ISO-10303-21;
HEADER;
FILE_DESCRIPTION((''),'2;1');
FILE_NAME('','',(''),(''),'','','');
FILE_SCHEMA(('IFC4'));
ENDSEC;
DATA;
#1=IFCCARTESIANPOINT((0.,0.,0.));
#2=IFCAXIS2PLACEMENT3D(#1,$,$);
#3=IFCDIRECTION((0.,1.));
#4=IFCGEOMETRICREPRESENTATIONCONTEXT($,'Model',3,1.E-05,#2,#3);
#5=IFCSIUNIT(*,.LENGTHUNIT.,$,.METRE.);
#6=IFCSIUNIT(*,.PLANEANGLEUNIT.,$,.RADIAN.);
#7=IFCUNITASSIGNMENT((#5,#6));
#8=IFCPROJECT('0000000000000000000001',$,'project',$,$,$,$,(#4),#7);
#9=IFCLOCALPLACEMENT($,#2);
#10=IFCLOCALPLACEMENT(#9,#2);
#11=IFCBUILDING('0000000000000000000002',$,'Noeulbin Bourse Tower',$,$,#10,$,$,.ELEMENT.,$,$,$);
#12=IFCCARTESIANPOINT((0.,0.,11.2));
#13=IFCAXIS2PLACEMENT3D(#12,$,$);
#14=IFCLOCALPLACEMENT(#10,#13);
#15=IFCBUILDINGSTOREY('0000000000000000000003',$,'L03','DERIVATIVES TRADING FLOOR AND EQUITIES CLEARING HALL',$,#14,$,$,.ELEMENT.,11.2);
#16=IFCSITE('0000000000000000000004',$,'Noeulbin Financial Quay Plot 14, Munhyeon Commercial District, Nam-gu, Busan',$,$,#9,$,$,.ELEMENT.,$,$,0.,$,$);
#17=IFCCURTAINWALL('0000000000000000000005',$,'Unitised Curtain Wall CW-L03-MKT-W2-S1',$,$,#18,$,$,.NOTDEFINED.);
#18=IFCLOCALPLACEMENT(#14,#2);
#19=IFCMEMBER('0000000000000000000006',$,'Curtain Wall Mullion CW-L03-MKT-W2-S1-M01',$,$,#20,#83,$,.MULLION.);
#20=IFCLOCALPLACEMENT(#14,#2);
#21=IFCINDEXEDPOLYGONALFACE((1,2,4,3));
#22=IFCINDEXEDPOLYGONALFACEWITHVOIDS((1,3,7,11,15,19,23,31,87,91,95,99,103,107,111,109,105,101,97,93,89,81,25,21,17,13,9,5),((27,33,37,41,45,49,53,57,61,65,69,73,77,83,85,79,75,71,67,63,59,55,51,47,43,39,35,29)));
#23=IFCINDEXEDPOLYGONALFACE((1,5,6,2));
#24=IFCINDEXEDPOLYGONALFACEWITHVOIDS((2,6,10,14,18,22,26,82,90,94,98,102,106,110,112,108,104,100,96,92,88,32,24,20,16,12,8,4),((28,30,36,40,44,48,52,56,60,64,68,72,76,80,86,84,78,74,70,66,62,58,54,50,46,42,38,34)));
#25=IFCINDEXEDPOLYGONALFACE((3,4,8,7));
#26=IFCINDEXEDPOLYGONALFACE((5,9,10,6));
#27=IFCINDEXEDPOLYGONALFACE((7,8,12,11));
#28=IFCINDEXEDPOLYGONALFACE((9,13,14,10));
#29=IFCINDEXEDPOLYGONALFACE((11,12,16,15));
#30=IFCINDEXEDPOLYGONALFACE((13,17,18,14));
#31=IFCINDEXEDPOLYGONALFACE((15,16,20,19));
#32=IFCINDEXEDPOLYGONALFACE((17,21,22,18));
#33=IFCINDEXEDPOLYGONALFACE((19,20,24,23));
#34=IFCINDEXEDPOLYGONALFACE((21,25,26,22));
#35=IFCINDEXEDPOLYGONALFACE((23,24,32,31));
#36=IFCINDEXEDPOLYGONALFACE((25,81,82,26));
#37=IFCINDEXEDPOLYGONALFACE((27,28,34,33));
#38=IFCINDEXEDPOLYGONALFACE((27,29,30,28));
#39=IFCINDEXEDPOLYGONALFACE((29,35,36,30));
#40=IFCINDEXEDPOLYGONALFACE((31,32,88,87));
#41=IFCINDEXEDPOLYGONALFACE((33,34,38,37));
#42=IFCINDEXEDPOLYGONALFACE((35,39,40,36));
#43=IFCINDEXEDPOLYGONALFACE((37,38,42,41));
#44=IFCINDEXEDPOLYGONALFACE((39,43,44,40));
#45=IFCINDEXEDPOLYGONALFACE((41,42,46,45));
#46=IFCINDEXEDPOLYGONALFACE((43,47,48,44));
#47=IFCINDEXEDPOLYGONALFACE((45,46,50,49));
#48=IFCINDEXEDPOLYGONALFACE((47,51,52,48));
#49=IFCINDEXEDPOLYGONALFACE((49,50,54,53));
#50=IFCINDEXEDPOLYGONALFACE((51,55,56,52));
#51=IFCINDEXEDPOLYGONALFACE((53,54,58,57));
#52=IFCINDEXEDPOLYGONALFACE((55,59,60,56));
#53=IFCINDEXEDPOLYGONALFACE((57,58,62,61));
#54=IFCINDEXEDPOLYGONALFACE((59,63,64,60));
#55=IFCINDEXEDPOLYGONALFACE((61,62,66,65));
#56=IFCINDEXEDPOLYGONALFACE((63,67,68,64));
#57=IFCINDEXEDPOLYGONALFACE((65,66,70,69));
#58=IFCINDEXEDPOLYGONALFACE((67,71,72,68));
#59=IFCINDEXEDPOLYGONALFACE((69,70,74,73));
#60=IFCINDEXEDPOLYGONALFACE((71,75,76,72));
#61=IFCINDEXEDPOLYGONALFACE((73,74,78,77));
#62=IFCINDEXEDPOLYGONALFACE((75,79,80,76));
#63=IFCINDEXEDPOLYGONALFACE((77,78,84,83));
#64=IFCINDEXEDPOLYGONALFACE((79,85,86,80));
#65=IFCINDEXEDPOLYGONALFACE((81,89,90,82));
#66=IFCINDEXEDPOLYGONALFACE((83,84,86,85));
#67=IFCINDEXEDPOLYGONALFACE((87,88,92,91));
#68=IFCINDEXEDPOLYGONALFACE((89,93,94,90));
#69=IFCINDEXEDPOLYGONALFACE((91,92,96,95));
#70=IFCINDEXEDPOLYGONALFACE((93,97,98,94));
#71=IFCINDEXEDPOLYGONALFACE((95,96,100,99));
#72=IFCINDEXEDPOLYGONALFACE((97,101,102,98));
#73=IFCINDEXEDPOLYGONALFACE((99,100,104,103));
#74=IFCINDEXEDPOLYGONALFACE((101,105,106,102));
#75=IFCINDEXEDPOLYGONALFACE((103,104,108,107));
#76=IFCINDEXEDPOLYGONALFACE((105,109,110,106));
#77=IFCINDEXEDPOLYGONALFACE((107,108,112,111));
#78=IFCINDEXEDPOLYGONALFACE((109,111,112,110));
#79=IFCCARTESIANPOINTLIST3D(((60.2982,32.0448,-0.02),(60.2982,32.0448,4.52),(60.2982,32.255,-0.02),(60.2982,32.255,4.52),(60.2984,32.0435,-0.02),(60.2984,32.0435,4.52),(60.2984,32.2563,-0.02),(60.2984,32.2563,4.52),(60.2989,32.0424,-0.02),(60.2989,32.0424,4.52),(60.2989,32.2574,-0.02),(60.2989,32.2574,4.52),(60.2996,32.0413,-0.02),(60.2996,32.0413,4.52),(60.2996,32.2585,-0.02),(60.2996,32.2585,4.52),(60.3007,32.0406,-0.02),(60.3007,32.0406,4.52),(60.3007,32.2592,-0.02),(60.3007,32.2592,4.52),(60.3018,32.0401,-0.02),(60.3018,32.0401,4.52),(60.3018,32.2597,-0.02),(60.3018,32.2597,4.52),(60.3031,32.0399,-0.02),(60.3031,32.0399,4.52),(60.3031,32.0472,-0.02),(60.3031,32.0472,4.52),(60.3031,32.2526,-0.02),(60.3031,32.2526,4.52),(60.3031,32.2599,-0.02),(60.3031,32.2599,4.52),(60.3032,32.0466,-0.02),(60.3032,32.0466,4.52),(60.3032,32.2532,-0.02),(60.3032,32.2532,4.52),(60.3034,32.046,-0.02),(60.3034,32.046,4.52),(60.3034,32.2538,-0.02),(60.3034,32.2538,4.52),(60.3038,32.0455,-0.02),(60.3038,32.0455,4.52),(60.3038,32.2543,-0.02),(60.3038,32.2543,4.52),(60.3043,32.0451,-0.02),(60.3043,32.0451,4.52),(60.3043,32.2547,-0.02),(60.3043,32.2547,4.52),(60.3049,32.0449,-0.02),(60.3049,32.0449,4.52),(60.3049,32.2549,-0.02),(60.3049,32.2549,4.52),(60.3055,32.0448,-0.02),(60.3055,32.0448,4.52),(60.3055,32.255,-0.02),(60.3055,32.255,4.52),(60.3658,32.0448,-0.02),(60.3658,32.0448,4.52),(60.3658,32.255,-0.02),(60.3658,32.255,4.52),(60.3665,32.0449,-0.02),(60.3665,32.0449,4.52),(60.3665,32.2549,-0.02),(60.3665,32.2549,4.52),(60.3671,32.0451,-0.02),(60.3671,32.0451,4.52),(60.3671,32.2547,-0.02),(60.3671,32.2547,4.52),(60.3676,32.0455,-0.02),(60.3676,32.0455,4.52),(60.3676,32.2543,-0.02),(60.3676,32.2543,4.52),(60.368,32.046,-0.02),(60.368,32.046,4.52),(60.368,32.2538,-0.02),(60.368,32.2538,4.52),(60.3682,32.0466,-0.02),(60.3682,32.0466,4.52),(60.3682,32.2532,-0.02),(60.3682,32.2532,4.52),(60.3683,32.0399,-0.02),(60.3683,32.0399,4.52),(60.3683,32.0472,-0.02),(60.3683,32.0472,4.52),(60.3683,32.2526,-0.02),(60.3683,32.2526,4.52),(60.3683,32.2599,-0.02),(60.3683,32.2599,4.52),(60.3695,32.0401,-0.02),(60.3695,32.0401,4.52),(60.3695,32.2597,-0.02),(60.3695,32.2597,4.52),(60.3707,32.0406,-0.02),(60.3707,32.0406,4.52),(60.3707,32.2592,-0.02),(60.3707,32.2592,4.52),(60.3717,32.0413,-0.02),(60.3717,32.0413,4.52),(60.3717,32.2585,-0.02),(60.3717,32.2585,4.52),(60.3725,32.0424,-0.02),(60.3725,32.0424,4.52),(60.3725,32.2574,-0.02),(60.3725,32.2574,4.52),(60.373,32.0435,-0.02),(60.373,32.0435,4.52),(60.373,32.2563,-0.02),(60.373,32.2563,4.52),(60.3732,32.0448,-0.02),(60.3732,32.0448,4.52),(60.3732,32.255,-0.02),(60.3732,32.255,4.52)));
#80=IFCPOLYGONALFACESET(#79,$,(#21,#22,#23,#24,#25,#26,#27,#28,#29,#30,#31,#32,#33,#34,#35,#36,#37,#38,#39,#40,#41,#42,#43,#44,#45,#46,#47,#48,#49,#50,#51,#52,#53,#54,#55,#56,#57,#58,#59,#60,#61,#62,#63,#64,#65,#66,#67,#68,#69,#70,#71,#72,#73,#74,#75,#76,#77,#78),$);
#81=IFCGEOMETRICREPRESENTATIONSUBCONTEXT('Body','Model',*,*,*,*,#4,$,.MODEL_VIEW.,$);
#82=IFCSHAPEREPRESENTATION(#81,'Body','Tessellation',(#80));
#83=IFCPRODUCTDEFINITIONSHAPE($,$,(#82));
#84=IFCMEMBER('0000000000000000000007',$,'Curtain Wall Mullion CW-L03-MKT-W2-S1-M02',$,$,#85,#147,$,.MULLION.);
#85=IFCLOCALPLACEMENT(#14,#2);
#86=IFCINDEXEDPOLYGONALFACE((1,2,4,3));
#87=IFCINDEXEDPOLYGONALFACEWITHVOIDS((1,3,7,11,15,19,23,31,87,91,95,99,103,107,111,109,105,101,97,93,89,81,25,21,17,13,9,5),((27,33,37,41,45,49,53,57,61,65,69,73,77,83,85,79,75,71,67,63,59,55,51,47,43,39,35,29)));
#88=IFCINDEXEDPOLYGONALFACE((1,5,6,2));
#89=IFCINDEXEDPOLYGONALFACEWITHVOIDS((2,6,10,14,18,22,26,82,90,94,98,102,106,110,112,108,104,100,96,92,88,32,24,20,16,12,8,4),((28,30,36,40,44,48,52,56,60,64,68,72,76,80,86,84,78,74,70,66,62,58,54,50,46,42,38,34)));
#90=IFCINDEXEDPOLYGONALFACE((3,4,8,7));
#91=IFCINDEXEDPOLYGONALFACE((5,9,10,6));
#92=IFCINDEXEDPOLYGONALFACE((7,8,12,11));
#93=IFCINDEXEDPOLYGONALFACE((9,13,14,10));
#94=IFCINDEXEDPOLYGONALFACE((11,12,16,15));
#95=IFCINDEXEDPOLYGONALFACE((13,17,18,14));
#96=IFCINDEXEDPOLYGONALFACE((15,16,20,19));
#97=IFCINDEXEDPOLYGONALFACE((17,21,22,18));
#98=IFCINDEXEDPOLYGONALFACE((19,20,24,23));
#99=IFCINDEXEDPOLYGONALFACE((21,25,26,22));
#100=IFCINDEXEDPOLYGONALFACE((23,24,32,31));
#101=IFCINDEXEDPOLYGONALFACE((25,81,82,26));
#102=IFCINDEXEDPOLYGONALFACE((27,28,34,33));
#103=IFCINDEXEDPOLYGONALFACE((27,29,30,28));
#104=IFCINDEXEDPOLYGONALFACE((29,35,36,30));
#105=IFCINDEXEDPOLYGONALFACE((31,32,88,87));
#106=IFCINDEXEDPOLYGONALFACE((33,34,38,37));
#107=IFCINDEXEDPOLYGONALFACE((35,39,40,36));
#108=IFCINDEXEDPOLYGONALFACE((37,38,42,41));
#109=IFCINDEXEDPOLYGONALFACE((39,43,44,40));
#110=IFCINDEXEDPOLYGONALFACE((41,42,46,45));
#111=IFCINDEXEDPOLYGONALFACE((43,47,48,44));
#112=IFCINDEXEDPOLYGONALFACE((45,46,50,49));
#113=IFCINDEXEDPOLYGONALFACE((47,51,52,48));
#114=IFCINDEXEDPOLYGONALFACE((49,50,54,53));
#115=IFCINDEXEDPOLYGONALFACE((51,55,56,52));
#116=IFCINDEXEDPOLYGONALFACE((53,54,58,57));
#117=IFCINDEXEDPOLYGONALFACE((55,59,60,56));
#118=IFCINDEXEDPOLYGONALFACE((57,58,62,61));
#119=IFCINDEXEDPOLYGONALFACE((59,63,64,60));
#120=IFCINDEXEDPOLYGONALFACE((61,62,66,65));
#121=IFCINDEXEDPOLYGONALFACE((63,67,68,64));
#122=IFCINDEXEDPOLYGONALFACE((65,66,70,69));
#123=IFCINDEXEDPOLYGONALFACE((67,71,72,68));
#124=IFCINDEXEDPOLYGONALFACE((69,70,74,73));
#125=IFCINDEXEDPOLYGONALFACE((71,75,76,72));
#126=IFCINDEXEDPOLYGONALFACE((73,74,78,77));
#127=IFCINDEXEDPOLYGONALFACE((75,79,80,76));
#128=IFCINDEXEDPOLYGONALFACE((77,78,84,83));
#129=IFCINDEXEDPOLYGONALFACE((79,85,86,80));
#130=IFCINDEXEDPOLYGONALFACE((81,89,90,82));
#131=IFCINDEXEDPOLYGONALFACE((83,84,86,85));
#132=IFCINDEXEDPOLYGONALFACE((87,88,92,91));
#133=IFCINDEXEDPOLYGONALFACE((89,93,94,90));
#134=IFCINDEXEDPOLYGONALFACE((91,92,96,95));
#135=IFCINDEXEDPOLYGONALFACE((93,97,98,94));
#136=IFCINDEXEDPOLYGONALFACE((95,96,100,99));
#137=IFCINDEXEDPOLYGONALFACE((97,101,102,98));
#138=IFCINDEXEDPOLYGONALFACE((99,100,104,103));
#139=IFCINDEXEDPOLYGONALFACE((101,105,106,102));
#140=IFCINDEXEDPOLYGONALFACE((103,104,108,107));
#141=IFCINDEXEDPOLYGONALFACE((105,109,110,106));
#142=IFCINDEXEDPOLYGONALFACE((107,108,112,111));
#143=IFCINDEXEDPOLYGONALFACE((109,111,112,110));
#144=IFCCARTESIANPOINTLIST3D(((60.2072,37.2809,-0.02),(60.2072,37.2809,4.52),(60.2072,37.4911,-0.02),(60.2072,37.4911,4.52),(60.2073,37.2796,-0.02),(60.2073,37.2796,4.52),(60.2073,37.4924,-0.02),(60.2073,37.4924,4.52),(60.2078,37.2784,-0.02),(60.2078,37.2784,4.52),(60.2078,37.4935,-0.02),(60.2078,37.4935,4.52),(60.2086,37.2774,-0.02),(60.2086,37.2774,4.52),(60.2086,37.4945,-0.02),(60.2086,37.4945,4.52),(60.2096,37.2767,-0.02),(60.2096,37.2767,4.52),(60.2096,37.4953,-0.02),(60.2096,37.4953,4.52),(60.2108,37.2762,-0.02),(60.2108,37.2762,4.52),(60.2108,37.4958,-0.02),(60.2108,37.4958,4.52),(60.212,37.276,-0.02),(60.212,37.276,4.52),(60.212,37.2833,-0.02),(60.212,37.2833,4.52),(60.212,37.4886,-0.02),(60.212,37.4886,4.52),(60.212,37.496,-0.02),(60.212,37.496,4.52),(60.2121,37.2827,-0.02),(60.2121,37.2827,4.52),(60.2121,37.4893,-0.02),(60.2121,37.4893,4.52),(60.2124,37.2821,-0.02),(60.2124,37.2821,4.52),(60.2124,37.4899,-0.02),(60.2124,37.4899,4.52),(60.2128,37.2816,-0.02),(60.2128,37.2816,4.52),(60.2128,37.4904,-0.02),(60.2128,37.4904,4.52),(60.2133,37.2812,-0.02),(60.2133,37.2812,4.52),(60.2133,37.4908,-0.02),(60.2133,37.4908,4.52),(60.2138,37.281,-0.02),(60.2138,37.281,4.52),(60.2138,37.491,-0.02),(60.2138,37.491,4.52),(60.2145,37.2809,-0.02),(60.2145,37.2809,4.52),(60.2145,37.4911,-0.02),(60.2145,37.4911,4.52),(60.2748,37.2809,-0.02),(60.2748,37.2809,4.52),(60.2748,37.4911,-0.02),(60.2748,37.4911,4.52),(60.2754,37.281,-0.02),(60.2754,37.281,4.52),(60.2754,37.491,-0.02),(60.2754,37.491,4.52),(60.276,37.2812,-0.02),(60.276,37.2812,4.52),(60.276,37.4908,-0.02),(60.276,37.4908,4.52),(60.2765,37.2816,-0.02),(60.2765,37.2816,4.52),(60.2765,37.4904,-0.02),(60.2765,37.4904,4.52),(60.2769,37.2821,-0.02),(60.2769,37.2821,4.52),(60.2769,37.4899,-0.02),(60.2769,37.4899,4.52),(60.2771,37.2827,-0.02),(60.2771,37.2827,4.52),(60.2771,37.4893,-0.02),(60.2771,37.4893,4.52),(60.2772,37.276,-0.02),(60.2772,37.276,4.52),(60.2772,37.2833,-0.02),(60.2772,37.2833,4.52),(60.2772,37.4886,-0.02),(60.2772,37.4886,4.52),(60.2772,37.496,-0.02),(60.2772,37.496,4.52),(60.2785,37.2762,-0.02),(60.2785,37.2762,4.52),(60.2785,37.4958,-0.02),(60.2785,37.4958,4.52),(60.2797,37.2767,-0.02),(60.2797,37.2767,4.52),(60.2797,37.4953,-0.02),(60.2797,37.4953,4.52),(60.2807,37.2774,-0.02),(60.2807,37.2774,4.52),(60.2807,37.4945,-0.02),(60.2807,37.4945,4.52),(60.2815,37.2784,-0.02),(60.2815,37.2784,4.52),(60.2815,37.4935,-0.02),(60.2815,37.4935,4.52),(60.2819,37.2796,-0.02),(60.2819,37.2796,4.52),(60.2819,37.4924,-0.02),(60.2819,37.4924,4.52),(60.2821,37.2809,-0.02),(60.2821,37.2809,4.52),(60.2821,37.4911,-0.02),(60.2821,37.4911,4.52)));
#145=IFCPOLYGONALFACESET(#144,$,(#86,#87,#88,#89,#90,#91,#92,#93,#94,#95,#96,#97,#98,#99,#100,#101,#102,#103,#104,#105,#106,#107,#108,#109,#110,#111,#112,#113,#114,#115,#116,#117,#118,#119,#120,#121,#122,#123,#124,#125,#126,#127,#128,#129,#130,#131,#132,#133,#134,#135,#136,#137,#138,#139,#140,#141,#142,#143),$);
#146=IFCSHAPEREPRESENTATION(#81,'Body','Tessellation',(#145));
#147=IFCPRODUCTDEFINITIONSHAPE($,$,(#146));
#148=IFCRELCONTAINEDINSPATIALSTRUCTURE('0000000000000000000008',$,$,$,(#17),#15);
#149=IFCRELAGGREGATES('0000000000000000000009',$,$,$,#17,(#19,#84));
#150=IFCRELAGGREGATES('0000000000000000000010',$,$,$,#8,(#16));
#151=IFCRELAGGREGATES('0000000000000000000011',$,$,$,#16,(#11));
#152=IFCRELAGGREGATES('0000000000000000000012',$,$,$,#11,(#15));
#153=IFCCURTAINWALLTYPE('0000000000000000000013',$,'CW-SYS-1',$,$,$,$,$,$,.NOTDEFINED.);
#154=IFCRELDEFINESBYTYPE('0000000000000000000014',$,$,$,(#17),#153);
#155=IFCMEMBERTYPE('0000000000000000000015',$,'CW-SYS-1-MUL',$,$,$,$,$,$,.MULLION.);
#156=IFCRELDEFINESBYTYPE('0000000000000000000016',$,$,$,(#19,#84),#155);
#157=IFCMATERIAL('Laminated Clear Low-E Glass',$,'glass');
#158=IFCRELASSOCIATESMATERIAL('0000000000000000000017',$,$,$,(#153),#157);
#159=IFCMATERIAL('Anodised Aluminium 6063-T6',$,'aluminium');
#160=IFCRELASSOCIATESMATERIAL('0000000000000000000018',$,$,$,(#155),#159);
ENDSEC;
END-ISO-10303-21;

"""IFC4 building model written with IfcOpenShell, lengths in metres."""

from ifc_helpers import new_model, si_unit, direction, frame, origin, origin_2d, place, context, subcontext, project, spatial, hollow_rectangle, extrude, material, material_profile, profile_set, type_object, element, aggregate, save


model = new_model("IFC4")

# Units and contexts
model_context = context("Model", 3, precision=1e-05, world=origin(), true_north=direction((0.0, 1.0)))
body_context = subcontext(model_context, "Body", "Model", "MODEL_VIEW")
ifc_project = project(units=[si_unit("LENGTHUNIT", "METRE"), si_unit("PLANEANGLEUNIT", "RADIAN")], contexts=[model_context])

# Site, building, storey
site_placement = place(None, origin())
site = spatial("IfcSite", under=ifc_project, at=site_placement, Name="Noeulbin Financial Quay Plot 14, Munhyeon Commercial District, Nam-gu, Busan", CompositionType="ELEMENT", RefElevation=0.0)
building_placement = place(site_placement, origin())
building = spatial("IfcBuilding", under=site, at=building_placement, Name="Noeulbin Bourse Tower", CompositionType="ELEMENT")
storey_placement = place(building_placement, frame((0.0, 0.0, 11.2)))
storey = spatial("IfcBuildingStorey", under=building, at=storey_placement, Name="L03", Description="DERIVATIVES TRADING FLOOR AND EQUITIES CLEARING HALL", CompositionType="ELEMENT", Elevation=11.2)

# Curtain wall, members
ifc_material_1 = material(Name="Laminated Clear Low-E Glass", Category="glass")
curtain_wall_type_1 = type_object("IfcCurtainWallType", Name="CW-SYS-1", PredefinedType="NOTDEFINED", material=ifc_material_1)
curtain_wall_1_placement = place(storey_placement, origin())
curtain_wall_1 = element("IfcCurtainWall", 1, at=curtain_wall_1_placement, inside=storey, type_object=curtain_wall_type_1, Name="Unitised Curtain Wall CW-L03-MKT-W2-S1", PredefinedType="NOTDEFINED")
ifc_material_2 = material(Name="Anodised Aluminium 6063-T6", Category="aluminium")
ifc_material_profile_1 = material_profile(ifc_material_2, hollow_rectangle(XDim=0.075, YDim=0.22, WallThickness=0.0049, InnerFilletRadius=0.0024, OuterFilletRadius=0.0049, at=origin_2d()), Name="ALU-MULL-75x220x5", Category="LoadBearing")
ifc_profile_set_1 = profile_set([ifc_material_profile_1], Name="Anodised Aluminium 6063-T6")
member_type_1 = type_object("IfcMemberType", Name="CW-SYS-1-MUL", PredefinedType="MULLION", material=ifc_profile_set_1)
member_1_placement = place(storey_placement, frame((60.3357, 32.1499, -0.02), z_axis=(0.0, 0.0, 1.0), x_axis=(1.0, 0.0, 0.0)))
member_1 = element("IfcMember", 2, at=member_1_placement, type_object=member_type_1, Name="Curtain Wall Mullion CW-L03-MKT-W2-S1-M01", PredefinedType="MULLION", context=body_context, shape_type="SweptSolid", body=[
    extrude(hollow_rectangle(XDim=0.075, YDim=0.22, WallThickness=0.0049, InnerFilletRadius=0.0024, OuterFilletRadius=0.0049, at=origin_2d()), origin(), (0.0, 0.0, 1.0), 4.54),
])
member_2_placement = place(storey_placement, frame((60.2446, 37.386, -0.02), z_axis=(0.0, 0.0, 1.0), x_axis=(1.0, 0.0, 0.0)))
member_2 = element("IfcMember", 3, at=member_2_placement, type_object=member_type_1, Name="Curtain Wall Mullion CW-L03-MKT-W2-S1-M02", PredefinedType="MULLION", context=body_context, shape_type="SweptSolid", body=[
    extrude(hollow_rectangle(XDim=0.075, YDim=0.22, WallThickness=0.0049, InnerFilletRadius=0.0024, OuterFilletRadius=0.0049, at=origin_2d()), origin(), (0.0, 0.0, 1.0), 4.54),
])

aggregate(curtain_wall_1, [member_1, member_2])

save(model, "model.ifc")
